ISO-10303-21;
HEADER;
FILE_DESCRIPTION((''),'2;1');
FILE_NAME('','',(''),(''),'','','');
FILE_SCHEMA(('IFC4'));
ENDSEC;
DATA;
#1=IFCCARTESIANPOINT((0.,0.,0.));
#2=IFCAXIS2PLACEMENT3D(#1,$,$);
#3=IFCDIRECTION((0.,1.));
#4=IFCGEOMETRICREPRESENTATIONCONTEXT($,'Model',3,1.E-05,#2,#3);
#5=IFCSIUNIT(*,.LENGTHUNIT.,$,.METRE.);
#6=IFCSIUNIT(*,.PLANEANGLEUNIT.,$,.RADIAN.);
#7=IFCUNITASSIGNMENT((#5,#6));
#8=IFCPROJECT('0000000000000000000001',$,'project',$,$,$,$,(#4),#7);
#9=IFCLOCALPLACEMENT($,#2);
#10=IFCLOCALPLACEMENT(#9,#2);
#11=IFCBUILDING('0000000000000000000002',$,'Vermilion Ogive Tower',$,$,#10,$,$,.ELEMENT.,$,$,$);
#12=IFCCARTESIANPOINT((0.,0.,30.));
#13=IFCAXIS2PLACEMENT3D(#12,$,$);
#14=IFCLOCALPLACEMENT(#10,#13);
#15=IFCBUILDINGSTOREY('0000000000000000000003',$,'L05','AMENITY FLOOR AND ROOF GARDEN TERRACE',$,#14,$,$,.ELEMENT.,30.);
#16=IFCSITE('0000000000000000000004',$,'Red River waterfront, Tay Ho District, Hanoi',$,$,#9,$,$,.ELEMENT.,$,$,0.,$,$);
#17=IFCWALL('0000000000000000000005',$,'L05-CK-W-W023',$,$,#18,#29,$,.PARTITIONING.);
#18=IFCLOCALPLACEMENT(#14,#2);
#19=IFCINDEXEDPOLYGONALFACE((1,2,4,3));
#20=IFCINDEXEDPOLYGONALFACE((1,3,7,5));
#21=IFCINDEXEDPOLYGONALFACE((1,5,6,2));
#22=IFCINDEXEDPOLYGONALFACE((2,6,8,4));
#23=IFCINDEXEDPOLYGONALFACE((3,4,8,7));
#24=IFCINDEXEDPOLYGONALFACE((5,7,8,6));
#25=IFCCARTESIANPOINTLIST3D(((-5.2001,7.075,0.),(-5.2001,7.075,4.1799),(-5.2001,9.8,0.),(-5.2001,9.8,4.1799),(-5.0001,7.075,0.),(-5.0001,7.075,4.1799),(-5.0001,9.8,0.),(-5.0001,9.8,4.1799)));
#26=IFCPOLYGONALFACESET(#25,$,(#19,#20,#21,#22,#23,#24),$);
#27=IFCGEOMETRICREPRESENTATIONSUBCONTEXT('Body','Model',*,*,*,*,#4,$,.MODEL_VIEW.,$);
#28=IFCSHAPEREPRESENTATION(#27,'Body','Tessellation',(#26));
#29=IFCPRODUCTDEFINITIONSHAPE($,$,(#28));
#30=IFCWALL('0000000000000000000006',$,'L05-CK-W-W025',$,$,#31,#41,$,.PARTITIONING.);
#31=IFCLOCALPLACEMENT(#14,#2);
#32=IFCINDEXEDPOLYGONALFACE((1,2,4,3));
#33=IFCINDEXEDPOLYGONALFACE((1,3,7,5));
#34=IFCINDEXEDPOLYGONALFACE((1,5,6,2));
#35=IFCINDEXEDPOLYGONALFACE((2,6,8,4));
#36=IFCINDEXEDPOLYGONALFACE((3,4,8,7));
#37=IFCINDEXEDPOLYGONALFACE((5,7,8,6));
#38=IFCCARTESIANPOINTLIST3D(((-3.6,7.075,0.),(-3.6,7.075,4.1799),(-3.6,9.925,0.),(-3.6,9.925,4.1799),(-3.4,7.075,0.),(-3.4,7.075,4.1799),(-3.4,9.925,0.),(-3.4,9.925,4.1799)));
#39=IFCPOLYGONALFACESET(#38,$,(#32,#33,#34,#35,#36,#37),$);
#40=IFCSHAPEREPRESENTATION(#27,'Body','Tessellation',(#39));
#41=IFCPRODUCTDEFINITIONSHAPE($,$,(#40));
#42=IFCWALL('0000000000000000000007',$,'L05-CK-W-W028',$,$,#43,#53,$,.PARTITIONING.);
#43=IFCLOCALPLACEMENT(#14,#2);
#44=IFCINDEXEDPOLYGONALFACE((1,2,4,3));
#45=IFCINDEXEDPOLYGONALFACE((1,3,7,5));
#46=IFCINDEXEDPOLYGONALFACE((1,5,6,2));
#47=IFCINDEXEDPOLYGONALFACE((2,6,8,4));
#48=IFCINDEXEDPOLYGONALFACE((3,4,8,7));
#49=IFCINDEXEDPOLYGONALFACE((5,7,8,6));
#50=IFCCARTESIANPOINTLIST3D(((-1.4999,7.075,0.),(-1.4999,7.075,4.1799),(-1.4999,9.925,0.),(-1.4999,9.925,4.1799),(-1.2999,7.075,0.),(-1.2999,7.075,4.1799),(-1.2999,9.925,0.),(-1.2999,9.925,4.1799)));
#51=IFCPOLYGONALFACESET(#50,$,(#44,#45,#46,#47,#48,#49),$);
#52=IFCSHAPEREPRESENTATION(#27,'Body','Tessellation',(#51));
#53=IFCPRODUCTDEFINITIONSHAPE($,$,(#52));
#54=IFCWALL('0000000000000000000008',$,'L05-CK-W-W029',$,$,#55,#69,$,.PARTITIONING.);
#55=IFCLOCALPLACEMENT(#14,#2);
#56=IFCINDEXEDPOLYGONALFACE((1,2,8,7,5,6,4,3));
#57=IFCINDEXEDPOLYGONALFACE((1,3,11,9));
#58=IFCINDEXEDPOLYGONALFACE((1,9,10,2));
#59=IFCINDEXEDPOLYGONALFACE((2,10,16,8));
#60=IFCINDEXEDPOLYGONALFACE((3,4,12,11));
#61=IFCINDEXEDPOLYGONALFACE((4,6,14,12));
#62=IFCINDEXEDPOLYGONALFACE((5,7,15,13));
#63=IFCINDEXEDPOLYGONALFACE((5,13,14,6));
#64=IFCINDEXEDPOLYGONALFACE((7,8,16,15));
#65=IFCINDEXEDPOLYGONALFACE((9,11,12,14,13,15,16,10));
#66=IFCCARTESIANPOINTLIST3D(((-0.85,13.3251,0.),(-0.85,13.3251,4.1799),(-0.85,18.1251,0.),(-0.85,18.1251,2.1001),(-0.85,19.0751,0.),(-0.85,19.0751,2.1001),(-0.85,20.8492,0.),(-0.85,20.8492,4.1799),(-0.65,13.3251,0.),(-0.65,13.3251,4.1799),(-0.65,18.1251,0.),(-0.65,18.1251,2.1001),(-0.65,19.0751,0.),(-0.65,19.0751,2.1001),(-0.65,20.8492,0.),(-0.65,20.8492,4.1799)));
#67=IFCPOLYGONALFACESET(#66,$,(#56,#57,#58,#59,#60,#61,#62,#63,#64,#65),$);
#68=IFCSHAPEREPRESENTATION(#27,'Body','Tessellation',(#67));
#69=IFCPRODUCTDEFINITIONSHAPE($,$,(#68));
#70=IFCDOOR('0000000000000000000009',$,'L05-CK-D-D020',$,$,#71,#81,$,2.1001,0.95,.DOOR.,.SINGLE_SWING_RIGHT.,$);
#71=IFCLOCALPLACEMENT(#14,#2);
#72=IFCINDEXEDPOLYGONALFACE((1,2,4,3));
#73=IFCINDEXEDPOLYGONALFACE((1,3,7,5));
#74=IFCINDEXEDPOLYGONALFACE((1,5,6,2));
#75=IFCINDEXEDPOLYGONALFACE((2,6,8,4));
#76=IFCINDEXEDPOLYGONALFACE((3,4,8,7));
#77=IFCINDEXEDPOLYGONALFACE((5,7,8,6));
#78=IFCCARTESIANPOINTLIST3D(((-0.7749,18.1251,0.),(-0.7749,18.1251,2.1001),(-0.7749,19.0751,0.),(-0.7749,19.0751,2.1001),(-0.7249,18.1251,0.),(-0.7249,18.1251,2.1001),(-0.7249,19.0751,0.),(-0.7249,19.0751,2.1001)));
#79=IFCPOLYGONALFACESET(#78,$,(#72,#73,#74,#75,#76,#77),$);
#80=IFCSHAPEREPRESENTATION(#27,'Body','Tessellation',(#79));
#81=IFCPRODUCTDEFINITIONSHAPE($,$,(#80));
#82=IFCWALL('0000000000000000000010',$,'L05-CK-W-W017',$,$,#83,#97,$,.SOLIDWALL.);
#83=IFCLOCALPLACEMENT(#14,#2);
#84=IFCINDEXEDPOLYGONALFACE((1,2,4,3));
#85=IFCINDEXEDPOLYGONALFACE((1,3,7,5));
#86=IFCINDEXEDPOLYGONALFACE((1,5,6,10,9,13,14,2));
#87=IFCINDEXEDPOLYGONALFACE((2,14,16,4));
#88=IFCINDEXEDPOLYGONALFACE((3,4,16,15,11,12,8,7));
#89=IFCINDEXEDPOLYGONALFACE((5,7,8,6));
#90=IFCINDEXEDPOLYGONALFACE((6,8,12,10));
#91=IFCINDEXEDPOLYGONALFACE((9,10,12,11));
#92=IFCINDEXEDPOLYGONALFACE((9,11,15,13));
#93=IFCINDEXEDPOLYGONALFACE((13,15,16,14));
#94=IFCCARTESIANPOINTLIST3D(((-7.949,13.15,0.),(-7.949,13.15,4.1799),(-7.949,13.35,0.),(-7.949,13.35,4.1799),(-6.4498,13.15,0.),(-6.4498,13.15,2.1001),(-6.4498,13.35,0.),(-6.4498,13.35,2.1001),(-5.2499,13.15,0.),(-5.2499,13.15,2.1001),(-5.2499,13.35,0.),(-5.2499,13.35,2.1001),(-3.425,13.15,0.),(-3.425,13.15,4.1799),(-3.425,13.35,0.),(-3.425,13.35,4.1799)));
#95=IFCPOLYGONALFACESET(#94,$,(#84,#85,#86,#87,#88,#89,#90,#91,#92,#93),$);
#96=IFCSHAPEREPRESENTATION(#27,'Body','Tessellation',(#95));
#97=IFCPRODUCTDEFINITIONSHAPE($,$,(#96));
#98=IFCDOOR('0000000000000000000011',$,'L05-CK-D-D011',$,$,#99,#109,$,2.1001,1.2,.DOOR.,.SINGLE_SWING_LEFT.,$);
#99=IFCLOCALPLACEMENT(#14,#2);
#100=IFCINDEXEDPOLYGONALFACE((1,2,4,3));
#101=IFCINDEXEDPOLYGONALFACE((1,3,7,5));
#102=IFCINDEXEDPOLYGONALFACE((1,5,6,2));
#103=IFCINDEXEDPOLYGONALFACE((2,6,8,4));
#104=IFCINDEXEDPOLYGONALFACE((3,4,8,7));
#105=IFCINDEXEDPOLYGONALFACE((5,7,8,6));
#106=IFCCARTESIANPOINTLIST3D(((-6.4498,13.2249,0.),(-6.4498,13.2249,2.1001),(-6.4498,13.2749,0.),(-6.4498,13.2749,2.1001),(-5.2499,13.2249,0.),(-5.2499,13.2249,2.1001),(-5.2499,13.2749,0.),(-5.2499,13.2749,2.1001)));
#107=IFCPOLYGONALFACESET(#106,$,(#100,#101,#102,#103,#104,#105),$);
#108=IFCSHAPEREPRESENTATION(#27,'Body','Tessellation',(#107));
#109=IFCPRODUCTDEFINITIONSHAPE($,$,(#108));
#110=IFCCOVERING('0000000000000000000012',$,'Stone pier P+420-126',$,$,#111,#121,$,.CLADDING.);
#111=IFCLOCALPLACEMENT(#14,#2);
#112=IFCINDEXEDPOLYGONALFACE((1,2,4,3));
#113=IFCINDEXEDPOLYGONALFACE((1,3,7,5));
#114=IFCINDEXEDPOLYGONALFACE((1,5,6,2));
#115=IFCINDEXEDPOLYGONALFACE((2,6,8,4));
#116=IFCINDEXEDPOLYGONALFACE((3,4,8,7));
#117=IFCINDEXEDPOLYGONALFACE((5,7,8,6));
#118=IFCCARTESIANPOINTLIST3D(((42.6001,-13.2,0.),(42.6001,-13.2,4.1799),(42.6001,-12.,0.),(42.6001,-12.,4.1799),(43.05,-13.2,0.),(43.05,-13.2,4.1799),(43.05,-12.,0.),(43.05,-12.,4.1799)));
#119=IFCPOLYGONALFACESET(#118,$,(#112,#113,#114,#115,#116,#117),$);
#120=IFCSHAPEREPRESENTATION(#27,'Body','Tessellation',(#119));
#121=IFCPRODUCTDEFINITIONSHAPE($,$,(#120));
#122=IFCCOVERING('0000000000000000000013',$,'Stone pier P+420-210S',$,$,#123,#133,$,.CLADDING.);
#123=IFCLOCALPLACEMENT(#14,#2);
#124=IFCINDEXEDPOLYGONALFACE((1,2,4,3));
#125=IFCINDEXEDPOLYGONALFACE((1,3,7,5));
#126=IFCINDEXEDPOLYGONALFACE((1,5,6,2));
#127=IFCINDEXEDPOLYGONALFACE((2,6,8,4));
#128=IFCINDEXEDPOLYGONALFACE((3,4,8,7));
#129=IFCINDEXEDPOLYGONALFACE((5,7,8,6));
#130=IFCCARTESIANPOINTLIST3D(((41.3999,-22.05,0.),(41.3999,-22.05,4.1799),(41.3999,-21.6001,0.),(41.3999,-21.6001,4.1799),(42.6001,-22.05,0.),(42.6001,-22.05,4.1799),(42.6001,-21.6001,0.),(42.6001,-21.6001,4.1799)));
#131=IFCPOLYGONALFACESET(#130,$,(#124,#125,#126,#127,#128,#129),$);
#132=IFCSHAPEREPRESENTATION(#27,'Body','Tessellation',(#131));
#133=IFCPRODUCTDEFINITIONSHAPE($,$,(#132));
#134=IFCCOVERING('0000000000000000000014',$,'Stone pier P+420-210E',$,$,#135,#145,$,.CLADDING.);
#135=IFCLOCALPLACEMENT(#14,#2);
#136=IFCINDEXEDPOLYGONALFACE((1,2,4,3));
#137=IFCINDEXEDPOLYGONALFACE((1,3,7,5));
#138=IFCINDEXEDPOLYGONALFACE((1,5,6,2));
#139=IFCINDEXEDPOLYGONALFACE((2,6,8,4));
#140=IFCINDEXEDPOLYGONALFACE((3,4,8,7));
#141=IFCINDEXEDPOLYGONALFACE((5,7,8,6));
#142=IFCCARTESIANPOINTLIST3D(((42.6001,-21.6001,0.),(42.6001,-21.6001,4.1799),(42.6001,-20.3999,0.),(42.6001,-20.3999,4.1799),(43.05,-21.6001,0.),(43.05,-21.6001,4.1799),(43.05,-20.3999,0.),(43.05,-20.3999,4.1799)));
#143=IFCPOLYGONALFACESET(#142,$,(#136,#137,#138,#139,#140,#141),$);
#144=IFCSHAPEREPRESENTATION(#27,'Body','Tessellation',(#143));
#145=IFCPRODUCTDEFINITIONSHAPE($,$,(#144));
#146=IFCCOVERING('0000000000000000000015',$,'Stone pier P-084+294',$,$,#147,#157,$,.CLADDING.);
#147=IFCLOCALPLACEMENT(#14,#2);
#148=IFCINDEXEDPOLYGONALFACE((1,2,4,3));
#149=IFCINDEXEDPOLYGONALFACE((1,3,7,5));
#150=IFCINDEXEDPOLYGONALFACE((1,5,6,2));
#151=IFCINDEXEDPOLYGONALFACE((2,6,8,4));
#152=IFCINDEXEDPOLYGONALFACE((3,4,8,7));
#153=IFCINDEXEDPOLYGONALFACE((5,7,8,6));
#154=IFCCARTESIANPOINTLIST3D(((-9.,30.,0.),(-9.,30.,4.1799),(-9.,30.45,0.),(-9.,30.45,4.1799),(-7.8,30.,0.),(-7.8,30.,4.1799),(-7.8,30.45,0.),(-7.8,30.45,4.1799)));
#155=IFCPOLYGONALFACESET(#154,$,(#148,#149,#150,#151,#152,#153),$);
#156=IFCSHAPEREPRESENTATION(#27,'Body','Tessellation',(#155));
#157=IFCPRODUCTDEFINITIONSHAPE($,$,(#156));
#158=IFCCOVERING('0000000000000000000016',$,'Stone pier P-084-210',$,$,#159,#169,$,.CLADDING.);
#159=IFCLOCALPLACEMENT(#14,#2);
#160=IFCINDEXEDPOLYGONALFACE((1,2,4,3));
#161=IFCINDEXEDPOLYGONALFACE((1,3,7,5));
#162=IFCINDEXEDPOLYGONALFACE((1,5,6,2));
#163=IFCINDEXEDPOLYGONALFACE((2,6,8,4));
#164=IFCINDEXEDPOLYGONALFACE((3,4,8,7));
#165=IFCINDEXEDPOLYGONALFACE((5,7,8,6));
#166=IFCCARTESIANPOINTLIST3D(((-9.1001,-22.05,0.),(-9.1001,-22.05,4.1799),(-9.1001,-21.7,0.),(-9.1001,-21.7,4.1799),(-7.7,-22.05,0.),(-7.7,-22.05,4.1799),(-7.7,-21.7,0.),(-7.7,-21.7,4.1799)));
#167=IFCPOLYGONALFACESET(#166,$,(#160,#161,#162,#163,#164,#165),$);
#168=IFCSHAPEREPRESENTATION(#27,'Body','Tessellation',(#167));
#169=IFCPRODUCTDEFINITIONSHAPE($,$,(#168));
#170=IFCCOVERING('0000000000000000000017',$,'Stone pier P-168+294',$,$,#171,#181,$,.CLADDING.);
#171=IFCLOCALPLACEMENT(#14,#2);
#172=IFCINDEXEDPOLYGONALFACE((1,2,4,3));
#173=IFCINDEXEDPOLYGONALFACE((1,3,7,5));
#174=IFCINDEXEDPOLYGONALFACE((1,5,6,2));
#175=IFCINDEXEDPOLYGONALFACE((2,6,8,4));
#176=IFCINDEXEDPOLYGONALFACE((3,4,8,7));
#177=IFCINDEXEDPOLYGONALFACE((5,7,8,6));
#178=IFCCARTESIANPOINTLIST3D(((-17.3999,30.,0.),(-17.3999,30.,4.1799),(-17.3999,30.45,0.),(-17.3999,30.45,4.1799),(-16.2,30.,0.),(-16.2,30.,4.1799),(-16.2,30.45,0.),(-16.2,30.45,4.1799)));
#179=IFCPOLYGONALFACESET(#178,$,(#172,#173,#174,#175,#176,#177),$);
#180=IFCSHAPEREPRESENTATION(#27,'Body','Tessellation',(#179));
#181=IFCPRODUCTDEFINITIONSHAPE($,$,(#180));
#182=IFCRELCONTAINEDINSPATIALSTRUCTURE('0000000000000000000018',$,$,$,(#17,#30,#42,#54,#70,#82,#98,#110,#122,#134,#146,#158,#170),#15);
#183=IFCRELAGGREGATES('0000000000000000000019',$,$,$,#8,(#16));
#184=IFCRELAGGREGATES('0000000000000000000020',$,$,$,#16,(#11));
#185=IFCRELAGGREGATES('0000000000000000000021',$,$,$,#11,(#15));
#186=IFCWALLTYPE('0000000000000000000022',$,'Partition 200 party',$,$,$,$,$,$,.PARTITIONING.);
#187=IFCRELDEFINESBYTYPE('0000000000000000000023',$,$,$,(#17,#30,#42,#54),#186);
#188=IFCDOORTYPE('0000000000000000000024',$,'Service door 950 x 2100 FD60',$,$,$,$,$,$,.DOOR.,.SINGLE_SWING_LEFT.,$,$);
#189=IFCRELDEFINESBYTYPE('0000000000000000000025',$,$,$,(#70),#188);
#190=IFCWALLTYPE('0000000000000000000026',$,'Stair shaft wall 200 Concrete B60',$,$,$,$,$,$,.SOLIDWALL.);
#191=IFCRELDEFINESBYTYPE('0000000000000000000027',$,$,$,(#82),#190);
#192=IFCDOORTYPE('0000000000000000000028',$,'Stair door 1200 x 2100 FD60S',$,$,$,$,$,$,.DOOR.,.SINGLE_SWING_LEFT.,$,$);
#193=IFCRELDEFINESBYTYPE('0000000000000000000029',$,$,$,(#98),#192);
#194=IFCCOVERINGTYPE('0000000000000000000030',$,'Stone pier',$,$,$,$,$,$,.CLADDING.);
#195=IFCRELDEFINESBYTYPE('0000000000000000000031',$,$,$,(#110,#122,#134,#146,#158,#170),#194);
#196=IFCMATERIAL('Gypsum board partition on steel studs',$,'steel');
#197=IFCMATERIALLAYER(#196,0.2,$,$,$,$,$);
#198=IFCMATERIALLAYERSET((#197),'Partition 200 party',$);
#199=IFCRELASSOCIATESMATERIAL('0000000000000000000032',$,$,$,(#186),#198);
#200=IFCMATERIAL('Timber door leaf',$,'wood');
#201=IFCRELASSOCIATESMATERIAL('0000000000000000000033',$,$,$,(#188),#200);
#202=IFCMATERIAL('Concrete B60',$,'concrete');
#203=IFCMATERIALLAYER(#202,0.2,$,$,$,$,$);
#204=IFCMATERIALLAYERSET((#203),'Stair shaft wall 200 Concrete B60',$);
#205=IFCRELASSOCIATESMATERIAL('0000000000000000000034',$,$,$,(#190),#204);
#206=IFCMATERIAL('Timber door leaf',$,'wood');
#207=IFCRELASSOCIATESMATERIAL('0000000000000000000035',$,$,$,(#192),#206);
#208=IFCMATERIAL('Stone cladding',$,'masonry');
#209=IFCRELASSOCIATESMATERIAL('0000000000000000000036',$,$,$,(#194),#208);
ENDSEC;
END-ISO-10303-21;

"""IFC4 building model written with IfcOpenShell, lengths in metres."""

from ifc_helpers import new_model, si_unit, direction, frame, frame_2d, origin, place, context, subcontext, project, spatial, polyline, rectangle, outline, extrude, material, layer, layer_set, type_object, element, fill, save


model = new_model("IFC4")

# Units and contexts
model_context = context("Model", 3, precision=1e-05, world=origin(), true_north=direction((0.0, 1.0)))
body_context = subcontext(model_context, "Body", "Model", "MODEL_VIEW")
ifc_project = project(units=[si_unit("LENGTHUNIT", "METRE"), si_unit("PLANEANGLEUNIT", "RADIAN")], contexts=[model_context])

# Site, building, storey
site_placement = place(None, origin())
site = spatial("IfcSite", under=ifc_project, at=site_placement, Name="Red River waterfront, Tay Ho District, Hanoi", CompositionType="ELEMENT", RefElevation=0.0)
building_placement = place(site_placement, origin())
building = spatial("IfcBuilding", under=site, at=building_placement, Name="Vermilion Ogive Tower", CompositionType="ELEMENT")
storey_placement = place(building_placement, frame((0.0, 0.0, 30.0)))
storey = spatial("IfcBuildingStorey", under=building, at=storey_placement, Name="L05", Description="AMENITY FLOOR AND ROOF GARDEN TERRACE", CompositionType="ELEMENT", Elevation=30.0)

# Walls
ifc_material_1 = material(Name="Gypsum board partition on steel studs", Category="steel")
ifc_layer_1 = layer(ifc_material_1, 0.2)
ifc_layer_set_1 = layer_set([ifc_layer_1], Name="Partition 200 party")
wall_type_1 = type_object("IfcWallType", Name="Partition 200 party", PredefinedType="PARTITIONING", material=ifc_layer_set_1)
wall_1_placement = place(storey_placement, frame((-5.1001, 7.075, 0.0), z_axis=(0.0, 0.0, 1.0), x_axis=(0.0, 1.0, 0.0)))
element("IfcWall", 1, at=wall_1_placement, inside=storey, type_object=wall_type_1, Name="L05-CK-W-W023", PredefinedType="PARTITIONING", context=body_context, shape_type="SweptSolid", body=[
    extrude(rectangle(XDim=2.7251, YDim=0.2, at=frame_2d((1.3625, 0.0))), origin(), (0.0, 0.0, 1.0), 4.1799),
])
for number, where, z_axis, x_axis, name in (
    (2, (-3.5, 7.075, 0.0), (0.0, 0.0, 1.0), (0.0, 1.0, 0.0), "L05-CK-W-W025"),
    (3, (-1.3999, 7.075, 0.0), (0.0, 0.0, 1.0), (0.0, 1.0, 0.0), "L05-CK-W-W028"),
):
    element("IfcWall", number, at=place(storey_placement, frame(where, z_axis=z_axis, x_axis=x_axis)), inside=storey, type_object=wall_type_1, Name=name, PredefinedType="PARTITIONING", context=body_context, shape_type="SweptSolid", body=[
        extrude(rectangle(XDim=2.8501, YDim=0.2, at=frame_2d((1.425, 0.0))), origin(), (0.0, 0.0, 1.0), 4.1799),
    ])

# Walls, openings, doors
wall_2_placement = place(storey_placement, frame((-0.75, 13.325, 0.0), z_axis=(0.0, 0.0, 1.0), x_axis=(0.0, 1.0, 0.0)))
wall_2 = element("IfcWall", 4, at=wall_2_placement, inside=storey, type_object=wall_type_1, Name="L05-CK-W-W029", PredefinedType="PARTITIONING", context=body_context, shape_type="SweptSolid", body=[
    extrude(rectangle(XDim=7.5242, YDim=0.2, at=frame_2d((3.7622, 0.0))), origin(), (0.0, 0.0, 1.0), 4.1799),
])
opening_1_placement = place(wall_2_placement, frame((4.8, 0.0, 0.0)))
opening_1 = element("IfcOpeningElement", 5, at=opening_1_placement, cuts=wall_2, PredefinedType="OPENING", context=body_context, shape_type="SweptSolid", body=[
    extrude(rectangle(XDim=0.95, YDim=2.1001, at=frame_2d((0.4751, 1.05))), frame((0.0, 0.1099, 0.0), z_axis=(0.0, -1.0, 0.0), x_axis=(1.0, 0.0, 0.0)), (0.0, 0.0, 1.0), 0.22),
])
ifc_material_2 = material(Name="Timber door leaf", Category="wood")
door_type_1 = type_object("IfcDoorType", Name="Service door 950 x 2100 FD60", OperationType="SINGLE_SWING_LEFT", PredefinedType="DOOR", material=ifc_material_2)
door_1_placement = place(opening_1_placement, origin())
door_1 = element("IfcDoor", 6, at=door_1_placement, inside=storey, type_object=door_type_1, Name="L05-CK-D-D020", OperationType="SINGLE_SWING_RIGHT", OverallHeight=2.1001, OverallWidth=0.95, PredefinedType="DOOR", context=body_context, shape_type="SweptSolid", body=[
    extrude(rectangle(XDim=0.95, YDim=2.1001, at=frame_2d((0.4751, 1.05))), frame((0.0, 0.0249, 0.0), z_axis=(0.0, -1.0, 0.0), x_axis=(1.0, 0.0, 0.0)), (0.0, 0.0, 1.0), 0.05),
])
fill(opening_1, door_1)
ifc_material_3 = material(Name="Concrete B60", Category="concrete")
ifc_layer_2 = layer(ifc_material_3, 0.2)
ifc_layer_set_2 = layer_set([ifc_layer_2], Name="Stair shaft wall 200 Concrete B60")
wall_type_2 = type_object("IfcWallType", Name="Stair shaft wall 200 Concrete B60", PredefinedType="SOLIDWALL", material=ifc_layer_set_2)
wall_3_placement = place(storey_placement, frame((-7.949, 13.25, 0.0), z_axis=(0.0, 0.0, 1.0), x_axis=(1.0, 0.0, 0.0)))
wall_3 = element("IfcWall", 7, at=wall_3_placement, inside=storey, type_object=wall_type_2, Name="L05-CK-W-W017", PredefinedType="SOLIDWALL", context=body_context, shape_type="SweptSolid", body=[
    extrude(rectangle(XDim=4.5239, YDim=0.2, at=frame_2d((2.262, 0.0))), origin(), (0.0, 0.0, 1.0), 4.1799),
])
opening_2_placement = place(wall_3_placement, frame((1.499, 0.0, 0.0)))
opening_2 = element("IfcOpeningElement", 8, at=opening_2_placement, cuts=wall_3, PredefinedType="OPENING", context=body_context, shape_type="SweptSolid", body=[
    extrude(rectangle(XDim=1.2, YDim=2.1001, at=frame_2d((0.6001, 1.05))), frame((0.0, 0.1099, 0.0), z_axis=(0.0, -1.0, 0.0), x_axis=(1.0, 0.0, 0.0)), (0.0, 0.0, 1.0), 0.22),
])
ifc_material_4 = material(Name="Timber door leaf", Category="wood")
door_type_2 = type_object("IfcDoorType", Name="Stair door 1200 x 2100 FD60S", OperationType="SINGLE_SWING_LEFT", PredefinedType="DOOR", material=ifc_material_4)
door_2_placement = place(opening_2_placement, origin())
door_2 = element("IfcDoor", 9, at=door_2_placement, inside=storey, type_object=door_type_2, Name="L05-CK-D-D011", OperationType="SINGLE_SWING_LEFT", OverallHeight=2.1001, OverallWidth=1.2, PredefinedType="DOOR", context=body_context, shape_type="SweptSolid", body=[
    extrude(rectangle(XDim=1.2, YDim=2.1001, at=frame_2d((0.6001, 1.05))), frame((0.0, 0.0249, 0.0), z_axis=(0.0, -1.0, 0.0), x_axis=(1.0, 0.0, 0.0)), (0.0, 0.0, 1.0), 0.05),
])
fill(opening_2, door_2)

# Coverings
ifc_material_5 = material(Name="Stone cladding", Category="masonry")
covering_type = type_object("IfcCoveringType", Name="Stone pier", PredefinedType="CLADDING", material=ifc_material_5)
covering_1_placement = place(storey_placement, origin())
element("IfcCovering", 10, at=covering_1_placement, inside=storey, type_object=covering_type, Name="Stone pier P+420-126", PredefinedType="CLADDING", context=body_context, shape_type="SweptSolid", body=[
    extrude(outline(polyline([(43.05, -12.0), (43.05, -13.2), (42.6001, -13.2), (42.6001, -12.0), (43.05, -12.0)])), origin(), (0.0, 0.0, 1.0), 4.1799),
])
covering_2_placement = place(storey_placement, origin())
element("IfcCovering", 11, at=covering_2_placement, inside=storey, type_object=covering_type, Name="Stone pier P+420-210S", PredefinedType="CLADDING", context=body_context, shape_type="SweptSolid", body=[
    extrude(outline(polyline([(42.6001, -22.05), (41.3999, -22.05), (41.3999, -21.6001), (42.6001, -21.6001), (42.6001, -22.05)])), origin(), (0.0, 0.0, 1.0), 4.1799),
])
covering_3_placement = place(storey_placement, origin())
element("IfcCovering", 12, at=covering_3_placement, inside=storey, type_object=covering_type, Name="Stone pier P+420-210E", PredefinedType="CLADDING", context=body_context, shape_type="SweptSolid", body=[
    extrude(outline(polyline([(43.05, -21.6001), (42.6001, -21.6001), (42.6001, -20.3999), (43.05, -20.3999), (43.05, -21.6001)])), origin(), (0.0, 0.0, 1.0), 4.1799),
])
covering_4_placement = place(storey_placement, origin())
element("IfcCovering", 13, at=covering_4_placement, inside=storey, type_object=covering_type, Name="Stone pier P-084+294", PredefinedType="CLADDING", context=body_context, shape_type="SweptSolid", body=[
    extrude(outline(polyline([(-9.0, 30.0), (-9.0, 30.45), (-7.8, 30.45), (-7.8, 30.0), (-7.8, 30.0), (-9.0, 30.0)])), origin(), (0.0, 0.0, 1.0), 4.1799),
])
covering_5_placement = place(storey_placement, origin())
element("IfcCovering", 14, at=covering_5_placement, inside=storey, type_object=covering_type, Name="Stone pier P-084-210", PredefinedType="CLADDING", context=body_context, shape_type="SweptSolid", body=[
    extrude(outline(polyline([(-7.7, -21.7), (-7.7, -22.05), (-9.1001, -22.05), (-9.1001, -21.7), (-9.1001, -21.7), (-7.7, -21.7)])), origin(), (0.0, 0.0, 1.0), 4.1799),
])
covering_6_placement = place(storey_placement, origin())
element("IfcCovering", 15, at=covering_6_placement, inside=storey, type_object=covering_type, Name="Stone pier P-168+294", PredefinedType="CLADDING", context=body_context, shape_type="SweptSolid", body=[
    extrude(outline(polyline([(-17.3999, 30.0), (-17.3999, 30.45), (-16.2, 30.45), (-16.2, 30.0), (-16.2, 30.0), (-17.3999, 30.0)])), origin(), (0.0, 0.0, 1.0), 4.1799),
])

save(model, "model.ifc")
